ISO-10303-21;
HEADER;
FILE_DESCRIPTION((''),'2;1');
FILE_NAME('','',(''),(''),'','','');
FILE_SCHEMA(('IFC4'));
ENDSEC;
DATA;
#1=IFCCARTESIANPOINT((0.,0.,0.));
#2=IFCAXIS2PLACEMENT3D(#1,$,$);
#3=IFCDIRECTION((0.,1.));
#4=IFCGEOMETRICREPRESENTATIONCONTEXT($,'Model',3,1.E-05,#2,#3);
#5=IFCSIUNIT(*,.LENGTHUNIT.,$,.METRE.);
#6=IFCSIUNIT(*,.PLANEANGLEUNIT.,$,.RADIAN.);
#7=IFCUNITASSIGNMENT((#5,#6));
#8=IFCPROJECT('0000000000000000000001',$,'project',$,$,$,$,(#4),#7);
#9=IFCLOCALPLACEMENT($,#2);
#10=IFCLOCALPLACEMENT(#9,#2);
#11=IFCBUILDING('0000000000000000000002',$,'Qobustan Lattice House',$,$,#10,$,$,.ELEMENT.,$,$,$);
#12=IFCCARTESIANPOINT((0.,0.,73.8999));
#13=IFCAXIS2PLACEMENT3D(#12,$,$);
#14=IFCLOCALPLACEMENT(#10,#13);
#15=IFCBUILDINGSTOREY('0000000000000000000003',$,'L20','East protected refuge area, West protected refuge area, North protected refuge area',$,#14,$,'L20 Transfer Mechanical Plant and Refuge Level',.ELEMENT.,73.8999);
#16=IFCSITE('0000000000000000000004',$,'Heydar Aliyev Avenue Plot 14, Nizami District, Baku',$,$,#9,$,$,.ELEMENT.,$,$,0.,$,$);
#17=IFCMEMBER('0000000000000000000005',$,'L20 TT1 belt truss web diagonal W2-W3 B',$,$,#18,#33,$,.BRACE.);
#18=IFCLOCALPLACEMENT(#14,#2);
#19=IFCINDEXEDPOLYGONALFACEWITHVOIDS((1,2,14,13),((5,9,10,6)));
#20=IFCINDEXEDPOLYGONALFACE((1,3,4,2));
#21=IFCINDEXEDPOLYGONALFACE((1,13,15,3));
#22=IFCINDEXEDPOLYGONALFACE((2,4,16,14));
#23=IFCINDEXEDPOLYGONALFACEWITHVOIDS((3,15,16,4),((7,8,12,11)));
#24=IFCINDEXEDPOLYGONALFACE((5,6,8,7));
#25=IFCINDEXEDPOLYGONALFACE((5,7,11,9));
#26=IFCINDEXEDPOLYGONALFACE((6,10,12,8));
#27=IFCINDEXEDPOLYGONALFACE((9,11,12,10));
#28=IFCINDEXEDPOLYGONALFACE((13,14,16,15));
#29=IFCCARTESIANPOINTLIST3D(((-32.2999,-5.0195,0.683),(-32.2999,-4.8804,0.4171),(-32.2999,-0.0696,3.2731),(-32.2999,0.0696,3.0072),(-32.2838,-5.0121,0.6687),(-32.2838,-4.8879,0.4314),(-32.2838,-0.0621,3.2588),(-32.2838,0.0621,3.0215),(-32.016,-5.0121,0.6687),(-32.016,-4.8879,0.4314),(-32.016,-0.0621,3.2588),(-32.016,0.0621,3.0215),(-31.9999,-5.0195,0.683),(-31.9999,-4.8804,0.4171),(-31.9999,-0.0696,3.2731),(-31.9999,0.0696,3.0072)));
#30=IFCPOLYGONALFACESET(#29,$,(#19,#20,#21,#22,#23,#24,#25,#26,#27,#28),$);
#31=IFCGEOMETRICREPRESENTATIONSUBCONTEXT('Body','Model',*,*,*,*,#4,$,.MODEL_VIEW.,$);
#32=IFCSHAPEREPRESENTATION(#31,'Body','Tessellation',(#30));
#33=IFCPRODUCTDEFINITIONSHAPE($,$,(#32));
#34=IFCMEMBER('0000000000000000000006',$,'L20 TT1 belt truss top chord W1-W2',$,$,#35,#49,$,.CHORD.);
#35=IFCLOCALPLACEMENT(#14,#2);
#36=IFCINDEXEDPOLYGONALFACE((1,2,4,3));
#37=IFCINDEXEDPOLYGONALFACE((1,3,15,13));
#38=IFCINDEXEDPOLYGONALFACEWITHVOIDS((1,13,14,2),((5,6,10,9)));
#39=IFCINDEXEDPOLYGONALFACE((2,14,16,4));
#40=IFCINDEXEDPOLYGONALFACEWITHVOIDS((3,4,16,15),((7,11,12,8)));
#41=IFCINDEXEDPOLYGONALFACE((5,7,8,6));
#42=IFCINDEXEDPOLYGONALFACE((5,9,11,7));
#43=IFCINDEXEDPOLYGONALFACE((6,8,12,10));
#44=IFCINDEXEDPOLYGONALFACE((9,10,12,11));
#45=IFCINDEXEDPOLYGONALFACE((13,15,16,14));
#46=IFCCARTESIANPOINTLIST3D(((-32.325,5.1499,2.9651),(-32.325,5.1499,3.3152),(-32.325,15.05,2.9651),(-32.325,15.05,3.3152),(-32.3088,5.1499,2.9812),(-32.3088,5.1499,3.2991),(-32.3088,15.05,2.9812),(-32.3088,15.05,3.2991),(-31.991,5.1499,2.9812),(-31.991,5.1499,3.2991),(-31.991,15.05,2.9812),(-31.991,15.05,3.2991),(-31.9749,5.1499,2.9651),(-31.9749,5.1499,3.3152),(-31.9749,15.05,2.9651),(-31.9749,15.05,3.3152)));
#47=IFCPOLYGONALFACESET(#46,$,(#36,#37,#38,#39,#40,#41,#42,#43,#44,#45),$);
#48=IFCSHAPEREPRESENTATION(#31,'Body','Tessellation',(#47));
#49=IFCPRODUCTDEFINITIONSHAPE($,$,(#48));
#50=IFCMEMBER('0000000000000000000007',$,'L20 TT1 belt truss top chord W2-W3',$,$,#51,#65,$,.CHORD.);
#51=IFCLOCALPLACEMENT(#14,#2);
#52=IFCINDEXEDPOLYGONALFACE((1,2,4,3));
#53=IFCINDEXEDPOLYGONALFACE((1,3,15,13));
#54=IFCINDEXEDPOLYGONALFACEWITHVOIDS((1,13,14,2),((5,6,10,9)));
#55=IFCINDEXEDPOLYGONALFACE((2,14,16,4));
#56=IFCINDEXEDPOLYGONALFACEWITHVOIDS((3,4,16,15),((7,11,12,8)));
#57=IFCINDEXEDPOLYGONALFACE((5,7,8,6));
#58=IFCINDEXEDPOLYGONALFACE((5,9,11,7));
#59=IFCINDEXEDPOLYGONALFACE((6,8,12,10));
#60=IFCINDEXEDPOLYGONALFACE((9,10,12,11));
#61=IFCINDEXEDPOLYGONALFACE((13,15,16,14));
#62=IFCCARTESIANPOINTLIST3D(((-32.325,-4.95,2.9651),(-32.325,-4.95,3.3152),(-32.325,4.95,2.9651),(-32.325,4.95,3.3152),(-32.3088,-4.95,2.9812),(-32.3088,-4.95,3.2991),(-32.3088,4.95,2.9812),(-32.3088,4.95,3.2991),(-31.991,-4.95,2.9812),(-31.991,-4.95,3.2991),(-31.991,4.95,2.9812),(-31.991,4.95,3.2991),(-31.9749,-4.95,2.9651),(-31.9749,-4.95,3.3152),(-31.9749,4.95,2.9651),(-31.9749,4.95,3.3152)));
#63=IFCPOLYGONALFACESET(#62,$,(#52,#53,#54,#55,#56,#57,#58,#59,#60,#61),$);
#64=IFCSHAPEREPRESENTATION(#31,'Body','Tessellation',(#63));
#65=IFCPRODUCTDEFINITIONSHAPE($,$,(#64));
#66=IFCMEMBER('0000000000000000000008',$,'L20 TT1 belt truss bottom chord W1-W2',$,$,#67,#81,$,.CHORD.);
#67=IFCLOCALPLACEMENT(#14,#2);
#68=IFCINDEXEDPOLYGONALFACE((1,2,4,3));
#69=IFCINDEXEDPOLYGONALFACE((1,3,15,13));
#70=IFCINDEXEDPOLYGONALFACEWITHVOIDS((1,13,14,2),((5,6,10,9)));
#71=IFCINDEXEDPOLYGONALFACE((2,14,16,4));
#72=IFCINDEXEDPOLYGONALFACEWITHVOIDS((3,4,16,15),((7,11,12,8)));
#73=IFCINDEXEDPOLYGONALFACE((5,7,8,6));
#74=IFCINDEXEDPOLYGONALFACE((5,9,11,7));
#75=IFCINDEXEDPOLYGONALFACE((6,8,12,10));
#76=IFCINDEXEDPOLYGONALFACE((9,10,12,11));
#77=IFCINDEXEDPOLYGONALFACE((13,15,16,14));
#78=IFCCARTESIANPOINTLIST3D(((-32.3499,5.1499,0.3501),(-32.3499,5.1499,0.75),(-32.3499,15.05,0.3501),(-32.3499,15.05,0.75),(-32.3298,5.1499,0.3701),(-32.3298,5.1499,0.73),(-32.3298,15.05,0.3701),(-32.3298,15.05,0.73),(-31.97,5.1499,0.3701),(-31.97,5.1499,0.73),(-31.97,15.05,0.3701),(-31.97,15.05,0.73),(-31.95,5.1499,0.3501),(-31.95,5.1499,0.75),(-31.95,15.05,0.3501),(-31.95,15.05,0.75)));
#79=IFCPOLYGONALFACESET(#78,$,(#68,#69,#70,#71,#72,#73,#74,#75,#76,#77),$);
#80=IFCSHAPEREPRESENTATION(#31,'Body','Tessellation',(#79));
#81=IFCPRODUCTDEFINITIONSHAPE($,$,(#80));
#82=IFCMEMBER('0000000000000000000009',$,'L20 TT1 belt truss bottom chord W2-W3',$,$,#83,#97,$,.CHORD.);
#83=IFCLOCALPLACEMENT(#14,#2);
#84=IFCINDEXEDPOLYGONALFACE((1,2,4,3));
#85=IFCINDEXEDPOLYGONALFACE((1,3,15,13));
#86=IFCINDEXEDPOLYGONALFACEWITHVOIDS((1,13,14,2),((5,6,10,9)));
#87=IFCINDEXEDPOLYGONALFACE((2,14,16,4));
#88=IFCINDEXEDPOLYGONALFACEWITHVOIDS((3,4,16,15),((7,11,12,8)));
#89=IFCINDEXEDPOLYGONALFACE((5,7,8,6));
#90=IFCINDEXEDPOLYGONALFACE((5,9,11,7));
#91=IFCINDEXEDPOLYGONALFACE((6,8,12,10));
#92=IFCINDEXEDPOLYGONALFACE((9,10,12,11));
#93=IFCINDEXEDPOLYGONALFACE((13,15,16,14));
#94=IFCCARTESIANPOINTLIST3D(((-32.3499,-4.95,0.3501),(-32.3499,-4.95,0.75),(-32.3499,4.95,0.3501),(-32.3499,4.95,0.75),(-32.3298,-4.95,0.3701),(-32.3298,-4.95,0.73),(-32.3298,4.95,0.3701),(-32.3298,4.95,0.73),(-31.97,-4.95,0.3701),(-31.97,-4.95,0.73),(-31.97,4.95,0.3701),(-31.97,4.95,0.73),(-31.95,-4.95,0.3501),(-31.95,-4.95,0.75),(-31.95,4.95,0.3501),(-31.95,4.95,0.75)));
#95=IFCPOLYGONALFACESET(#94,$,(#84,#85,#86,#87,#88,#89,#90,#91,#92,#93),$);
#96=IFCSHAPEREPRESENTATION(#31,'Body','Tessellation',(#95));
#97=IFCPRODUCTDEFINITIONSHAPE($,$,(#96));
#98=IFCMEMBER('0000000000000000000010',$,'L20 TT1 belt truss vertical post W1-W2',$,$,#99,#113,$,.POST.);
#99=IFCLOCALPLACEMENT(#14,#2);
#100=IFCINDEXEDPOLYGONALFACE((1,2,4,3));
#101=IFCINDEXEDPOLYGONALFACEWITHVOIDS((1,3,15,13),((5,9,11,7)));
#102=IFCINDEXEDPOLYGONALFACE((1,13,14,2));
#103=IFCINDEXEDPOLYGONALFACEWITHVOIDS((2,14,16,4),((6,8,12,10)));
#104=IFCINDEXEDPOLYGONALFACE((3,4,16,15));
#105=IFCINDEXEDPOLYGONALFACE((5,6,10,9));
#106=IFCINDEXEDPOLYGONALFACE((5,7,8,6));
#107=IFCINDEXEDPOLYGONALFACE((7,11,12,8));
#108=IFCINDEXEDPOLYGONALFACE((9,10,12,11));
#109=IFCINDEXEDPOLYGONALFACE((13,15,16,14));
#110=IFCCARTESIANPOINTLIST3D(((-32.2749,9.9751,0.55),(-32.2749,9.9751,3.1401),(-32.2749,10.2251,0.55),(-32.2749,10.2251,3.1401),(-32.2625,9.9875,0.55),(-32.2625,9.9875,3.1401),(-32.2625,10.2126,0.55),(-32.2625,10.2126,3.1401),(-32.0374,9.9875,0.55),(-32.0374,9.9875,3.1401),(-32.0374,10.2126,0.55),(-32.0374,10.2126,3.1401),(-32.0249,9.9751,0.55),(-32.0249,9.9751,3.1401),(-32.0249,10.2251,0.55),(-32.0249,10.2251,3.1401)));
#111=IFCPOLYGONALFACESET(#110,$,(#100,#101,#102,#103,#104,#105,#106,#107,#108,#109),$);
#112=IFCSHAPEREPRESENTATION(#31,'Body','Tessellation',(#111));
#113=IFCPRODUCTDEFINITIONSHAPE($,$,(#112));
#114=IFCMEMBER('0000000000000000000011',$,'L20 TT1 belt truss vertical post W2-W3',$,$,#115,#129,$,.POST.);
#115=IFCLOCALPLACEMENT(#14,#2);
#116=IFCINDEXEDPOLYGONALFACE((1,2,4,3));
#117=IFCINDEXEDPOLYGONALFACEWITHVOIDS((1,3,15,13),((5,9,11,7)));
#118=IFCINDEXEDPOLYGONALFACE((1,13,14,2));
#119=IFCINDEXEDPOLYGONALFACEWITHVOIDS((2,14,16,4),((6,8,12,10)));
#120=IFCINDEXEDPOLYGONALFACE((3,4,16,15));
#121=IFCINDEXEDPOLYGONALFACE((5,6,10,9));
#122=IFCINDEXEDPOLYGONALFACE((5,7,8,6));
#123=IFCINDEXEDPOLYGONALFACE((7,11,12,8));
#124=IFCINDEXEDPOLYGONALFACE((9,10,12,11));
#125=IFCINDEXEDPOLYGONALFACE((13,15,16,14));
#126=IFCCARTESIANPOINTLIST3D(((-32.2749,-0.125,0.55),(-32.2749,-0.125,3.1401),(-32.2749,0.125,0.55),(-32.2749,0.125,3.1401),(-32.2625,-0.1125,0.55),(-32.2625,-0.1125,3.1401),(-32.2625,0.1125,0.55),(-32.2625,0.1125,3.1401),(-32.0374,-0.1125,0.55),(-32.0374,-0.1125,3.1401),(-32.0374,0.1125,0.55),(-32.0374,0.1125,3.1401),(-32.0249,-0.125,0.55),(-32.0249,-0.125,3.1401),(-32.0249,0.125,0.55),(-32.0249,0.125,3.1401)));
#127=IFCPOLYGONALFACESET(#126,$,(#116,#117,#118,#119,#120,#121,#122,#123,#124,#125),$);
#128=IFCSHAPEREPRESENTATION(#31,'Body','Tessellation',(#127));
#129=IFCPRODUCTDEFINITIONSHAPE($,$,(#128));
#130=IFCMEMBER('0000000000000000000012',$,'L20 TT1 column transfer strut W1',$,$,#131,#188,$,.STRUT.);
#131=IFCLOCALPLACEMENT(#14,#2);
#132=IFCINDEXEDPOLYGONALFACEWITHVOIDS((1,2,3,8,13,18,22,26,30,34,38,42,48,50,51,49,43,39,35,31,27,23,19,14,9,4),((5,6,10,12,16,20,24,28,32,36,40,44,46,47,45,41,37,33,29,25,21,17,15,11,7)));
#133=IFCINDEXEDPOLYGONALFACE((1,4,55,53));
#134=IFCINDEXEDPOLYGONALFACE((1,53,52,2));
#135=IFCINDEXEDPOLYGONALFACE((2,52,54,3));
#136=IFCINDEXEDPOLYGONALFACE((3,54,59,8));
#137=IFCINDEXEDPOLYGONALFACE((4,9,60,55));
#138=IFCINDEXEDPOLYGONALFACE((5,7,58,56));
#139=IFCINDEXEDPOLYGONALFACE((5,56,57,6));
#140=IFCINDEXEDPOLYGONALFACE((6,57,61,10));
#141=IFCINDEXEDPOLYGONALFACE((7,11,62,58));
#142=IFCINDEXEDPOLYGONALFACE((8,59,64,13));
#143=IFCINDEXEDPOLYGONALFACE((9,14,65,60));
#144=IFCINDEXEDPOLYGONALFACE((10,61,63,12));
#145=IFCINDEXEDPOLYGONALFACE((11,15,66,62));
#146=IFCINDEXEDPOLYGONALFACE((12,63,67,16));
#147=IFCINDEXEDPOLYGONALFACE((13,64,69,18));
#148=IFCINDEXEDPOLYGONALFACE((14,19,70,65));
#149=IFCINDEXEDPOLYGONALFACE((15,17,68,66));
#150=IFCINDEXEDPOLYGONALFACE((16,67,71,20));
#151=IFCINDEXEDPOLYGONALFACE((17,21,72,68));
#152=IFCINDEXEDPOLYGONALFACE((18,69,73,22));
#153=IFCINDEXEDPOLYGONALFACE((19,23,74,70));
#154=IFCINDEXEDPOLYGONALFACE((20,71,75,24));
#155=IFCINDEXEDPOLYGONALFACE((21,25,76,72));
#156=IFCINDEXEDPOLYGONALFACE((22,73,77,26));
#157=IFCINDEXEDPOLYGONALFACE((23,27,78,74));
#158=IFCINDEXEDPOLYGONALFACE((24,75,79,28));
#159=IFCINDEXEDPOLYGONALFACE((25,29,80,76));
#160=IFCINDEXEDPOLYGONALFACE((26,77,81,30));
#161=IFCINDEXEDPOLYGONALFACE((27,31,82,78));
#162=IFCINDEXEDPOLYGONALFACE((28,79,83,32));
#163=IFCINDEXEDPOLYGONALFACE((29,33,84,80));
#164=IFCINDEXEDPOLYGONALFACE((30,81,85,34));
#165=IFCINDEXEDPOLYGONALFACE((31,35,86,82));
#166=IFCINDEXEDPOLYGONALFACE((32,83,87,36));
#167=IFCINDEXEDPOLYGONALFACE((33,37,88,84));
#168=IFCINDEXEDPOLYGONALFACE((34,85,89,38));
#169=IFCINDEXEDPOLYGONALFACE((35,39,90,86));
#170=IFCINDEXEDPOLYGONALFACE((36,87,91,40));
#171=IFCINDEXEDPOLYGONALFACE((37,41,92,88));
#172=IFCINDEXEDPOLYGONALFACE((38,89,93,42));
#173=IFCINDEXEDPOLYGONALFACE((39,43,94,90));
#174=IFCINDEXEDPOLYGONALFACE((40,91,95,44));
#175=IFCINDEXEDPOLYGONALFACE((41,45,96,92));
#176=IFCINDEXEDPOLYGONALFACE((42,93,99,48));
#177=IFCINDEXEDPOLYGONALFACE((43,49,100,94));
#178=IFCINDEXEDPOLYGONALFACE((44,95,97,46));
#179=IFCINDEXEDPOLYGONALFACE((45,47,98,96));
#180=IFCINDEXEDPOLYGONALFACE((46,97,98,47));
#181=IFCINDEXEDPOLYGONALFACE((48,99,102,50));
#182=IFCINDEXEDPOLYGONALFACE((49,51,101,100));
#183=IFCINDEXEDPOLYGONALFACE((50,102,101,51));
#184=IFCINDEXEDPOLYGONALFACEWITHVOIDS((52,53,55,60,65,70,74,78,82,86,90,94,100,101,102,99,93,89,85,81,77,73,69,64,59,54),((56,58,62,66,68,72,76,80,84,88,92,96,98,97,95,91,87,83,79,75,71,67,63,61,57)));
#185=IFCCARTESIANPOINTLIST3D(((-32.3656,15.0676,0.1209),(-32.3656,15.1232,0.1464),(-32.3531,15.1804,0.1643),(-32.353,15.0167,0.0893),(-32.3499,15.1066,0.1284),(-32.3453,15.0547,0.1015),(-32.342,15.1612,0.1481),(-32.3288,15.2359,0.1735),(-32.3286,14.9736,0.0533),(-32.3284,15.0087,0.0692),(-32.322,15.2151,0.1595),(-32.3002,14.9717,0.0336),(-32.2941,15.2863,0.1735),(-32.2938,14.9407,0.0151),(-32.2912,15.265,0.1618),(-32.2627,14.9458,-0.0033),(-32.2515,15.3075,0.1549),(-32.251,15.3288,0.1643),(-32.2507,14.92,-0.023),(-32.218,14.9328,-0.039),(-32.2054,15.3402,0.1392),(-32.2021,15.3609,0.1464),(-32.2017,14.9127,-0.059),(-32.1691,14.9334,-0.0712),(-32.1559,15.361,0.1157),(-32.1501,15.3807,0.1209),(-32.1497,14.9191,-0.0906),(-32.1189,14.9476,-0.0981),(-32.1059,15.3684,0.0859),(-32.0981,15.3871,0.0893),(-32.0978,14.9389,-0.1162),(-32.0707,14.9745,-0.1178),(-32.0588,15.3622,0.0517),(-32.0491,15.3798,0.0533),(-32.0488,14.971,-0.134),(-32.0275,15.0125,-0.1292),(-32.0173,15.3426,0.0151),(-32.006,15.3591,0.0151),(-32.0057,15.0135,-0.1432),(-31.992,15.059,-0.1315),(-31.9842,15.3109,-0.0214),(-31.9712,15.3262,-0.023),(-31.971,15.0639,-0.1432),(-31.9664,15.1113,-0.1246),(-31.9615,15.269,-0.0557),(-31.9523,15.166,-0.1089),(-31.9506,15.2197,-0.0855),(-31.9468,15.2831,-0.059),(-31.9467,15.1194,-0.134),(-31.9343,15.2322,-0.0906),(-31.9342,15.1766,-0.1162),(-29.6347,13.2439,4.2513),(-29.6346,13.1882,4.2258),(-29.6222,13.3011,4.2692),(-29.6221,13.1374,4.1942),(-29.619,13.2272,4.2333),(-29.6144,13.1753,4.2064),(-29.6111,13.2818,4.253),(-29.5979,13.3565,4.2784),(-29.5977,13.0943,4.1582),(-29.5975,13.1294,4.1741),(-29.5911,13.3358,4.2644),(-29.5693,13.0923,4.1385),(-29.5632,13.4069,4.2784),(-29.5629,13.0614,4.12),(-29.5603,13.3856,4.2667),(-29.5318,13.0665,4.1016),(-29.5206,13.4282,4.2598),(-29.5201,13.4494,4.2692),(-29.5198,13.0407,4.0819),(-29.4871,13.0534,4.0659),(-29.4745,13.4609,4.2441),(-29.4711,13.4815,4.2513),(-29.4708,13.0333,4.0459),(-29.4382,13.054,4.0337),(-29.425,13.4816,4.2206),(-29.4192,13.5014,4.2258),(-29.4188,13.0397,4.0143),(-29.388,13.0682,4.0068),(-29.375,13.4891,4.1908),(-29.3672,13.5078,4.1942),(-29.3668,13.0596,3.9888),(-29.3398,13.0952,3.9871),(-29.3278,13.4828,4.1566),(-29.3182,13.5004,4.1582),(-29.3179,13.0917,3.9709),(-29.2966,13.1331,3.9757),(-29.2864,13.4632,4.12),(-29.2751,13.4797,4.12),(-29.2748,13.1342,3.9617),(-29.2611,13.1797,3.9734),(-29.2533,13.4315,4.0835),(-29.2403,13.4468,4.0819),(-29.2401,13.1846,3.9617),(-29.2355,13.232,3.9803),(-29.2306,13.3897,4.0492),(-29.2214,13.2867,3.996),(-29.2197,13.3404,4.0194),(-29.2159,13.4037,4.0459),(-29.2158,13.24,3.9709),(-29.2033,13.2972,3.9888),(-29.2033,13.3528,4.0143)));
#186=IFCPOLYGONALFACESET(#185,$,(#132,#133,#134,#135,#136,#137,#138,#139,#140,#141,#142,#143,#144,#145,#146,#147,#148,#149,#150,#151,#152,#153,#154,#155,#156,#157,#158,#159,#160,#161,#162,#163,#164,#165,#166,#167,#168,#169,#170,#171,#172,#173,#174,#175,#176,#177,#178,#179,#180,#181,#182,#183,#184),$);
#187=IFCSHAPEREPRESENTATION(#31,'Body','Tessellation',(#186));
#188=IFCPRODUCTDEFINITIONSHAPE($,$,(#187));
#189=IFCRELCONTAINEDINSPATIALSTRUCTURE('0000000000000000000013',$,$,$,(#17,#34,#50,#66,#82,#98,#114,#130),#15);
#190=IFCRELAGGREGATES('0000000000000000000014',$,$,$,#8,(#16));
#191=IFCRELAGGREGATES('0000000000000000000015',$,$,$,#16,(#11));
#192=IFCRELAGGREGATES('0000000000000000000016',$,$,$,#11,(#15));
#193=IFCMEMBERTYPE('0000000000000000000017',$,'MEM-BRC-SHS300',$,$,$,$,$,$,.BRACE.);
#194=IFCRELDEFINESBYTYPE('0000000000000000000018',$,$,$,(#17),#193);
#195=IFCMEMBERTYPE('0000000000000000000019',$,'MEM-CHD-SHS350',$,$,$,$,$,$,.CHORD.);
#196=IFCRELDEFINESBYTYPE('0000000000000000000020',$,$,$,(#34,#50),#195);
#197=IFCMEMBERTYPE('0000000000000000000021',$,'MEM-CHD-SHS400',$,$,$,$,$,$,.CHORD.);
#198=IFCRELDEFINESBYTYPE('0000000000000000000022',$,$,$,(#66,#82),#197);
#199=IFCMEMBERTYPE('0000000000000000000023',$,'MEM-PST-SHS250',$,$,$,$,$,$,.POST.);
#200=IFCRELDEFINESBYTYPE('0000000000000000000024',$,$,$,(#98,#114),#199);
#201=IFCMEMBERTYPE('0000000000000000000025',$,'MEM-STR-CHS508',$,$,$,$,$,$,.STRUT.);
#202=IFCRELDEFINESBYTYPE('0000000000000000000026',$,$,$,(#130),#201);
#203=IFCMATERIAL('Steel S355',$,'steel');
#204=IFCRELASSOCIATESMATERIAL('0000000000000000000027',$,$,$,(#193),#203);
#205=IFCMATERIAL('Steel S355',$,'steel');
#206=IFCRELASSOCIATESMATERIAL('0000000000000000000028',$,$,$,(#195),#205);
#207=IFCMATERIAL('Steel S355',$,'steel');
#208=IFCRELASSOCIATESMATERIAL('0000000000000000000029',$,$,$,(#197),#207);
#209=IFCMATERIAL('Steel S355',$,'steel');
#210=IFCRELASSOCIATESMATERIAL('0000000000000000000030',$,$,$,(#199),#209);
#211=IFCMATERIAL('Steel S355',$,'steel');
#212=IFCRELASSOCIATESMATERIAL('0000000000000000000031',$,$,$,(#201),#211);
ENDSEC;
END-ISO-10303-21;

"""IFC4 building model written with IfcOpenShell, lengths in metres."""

from ifc_helpers import new_model, si_unit, direction, frame, origin, origin_2d, place, context, subcontext, project, spatial, hollow_rectangle, hollow_circle, extrude, material, material_profile, profile_set, type_object, element, save


model = new_model("IFC4")

# Units and contexts
model_context = context("Model", 3, precision=1e-05, world=origin(), true_north=direction((0.0, 1.0)))
body_context = subcontext(model_context, "Body", "Model", "MODEL_VIEW")
ifc_project = project(units=[si_unit("LENGTHUNIT", "METRE"), si_unit("PLANEANGLEUNIT", "RADIAN")], contexts=[model_context])

# Site, building, storey
site_placement = place(None, origin())
site = spatial("IfcSite", under=ifc_project, at=site_placement, Name="Heydar Aliyev Avenue Plot 14, Nizami District, Baku", CompositionType="ELEMENT", RefElevation=0.0)
building_placement = place(site_placement, origin())
building = spatial("IfcBuilding", under=site, at=building_placement, Name="Qobustan Lattice House", CompositionType="ELEMENT")
storey_placement = place(building_placement, frame((0.0, 0.0, 73.8999)))
storey = spatial("IfcBuildingStorey", under=building, at=storey_placement, Name="L20", Description="East protected refuge area, West protected refuge area, North protected refuge area", LongName="L20 Transfer Mechanical Plant and Refuge Level", CompositionType="ELEMENT", Elevation=73.8999)

# Members
ifc_material_1 = material(Name="Steel S355", Category="steel")
ifc_material_profile_1 = material_profile(ifc_material_1, hollow_rectangle(XDim=0.3, YDim=0.3, WallThickness=0.0161, at=origin_2d()), Name="SHS300x300x16")
ifc_profile_set_1 = profile_set([ifc_material_profile_1], Name="Steel S355")
member_type_1 = type_object("IfcMemberType", Name="MEM-BRC-SHS300", PredefinedType="BRACE", material=ifc_profile_set_1)
for number, where, z_axis, x_axis, name in (
    (1, (-32.1499, 0.0, 3.1401), (0.0, -0.886033, -0.463622), (1.0, 0.0, 0.0), "L20 TT1 belt truss web diagonal W2-W3 B"),
):
    element("IfcMember", number, at=place(storey_placement, frame(where, z_axis=z_axis, x_axis=x_axis)), inside=storey, type_object=member_type_1, Name=name, PredefinedType="BRACE", context=body_context, shape_type="SweptSolid", body=[
        extrude(hollow_rectangle(XDim=0.3, YDim=0.3, WallThickness=0.0161, at=origin_2d()), origin(), (0.0, 0.0, 1.0), 5.5867),
    ])
ifc_material_2 = material(Name="Steel S355", Category="steel")
ifc_material_profile_2 = material_profile(ifc_material_2, hollow_rectangle(XDim=0.3501, YDim=0.3501, WallThickness=0.0161, at=origin_2d()), Name="SHS350x350x16")
ifc_profile_set_2 = profile_set([ifc_material_profile_2], Name="Steel S355")
member_type_2 = type_object("IfcMemberType", Name="MEM-CHD-SHS350", PredefinedType="CHORD", material=ifc_profile_set_2)
member_1_placement = place(storey_placement, frame((-32.1499, 15.05, 3.1401), z_axis=(0.0, -1.0, 0.0), x_axis=(1.0, 0.0, 0.0)))
element("IfcMember", 2, at=member_1_placement, inside=storey, type_object=member_type_2, Name="L20 TT1 belt truss top chord W1-W2", PredefinedType="CHORD", context=body_context, shape_type="SweptSolid", body=[
    extrude(hollow_rectangle(XDim=0.3501, YDim=0.3501, WallThickness=0.0161, at=origin_2d()), origin(), (0.0, 0.0, 1.0), 9.9001),
])
member_2_placement = place(storey_placement, frame((-32.1499, 4.95, 3.1401), z_axis=(0.0, -1.0, 0.0), x_axis=(1.0, 0.0, 0.0)))
element("IfcMember", 3, at=member_2_placement, inside=storey, type_object=member_type_2, Name="L20 TT1 belt truss top chord W2-W3", PredefinedType="CHORD", context=body_context, shape_type="SweptSolid", body=[
    extrude(hollow_rectangle(XDim=0.3501, YDim=0.3501, WallThickness=0.0161, at=origin_2d()), origin(), (0.0, 0.0, 1.0), 9.8999),
])
ifc_material_3 = material(Name="Steel S355", Category="steel")
ifc_material_profile_3 = material_profile(ifc_material_3, hollow_rectangle(XDim=0.3999, YDim=0.3999, WallThickness=0.02, at=origin_2d()), Name="SHS400x400x20")
ifc_profile_set_3 = profile_set([ifc_material_profile_3], Name="Steel S355")
member_type_3 = type_object("IfcMemberType", Name="MEM-CHD-SHS400", PredefinedType="CHORD", material=ifc_profile_set_3)
member_3_placement = place(storey_placement, frame((-32.1499, 15.05, 0.55), z_axis=(0.0, -1.0, 0.0), x_axis=(1.0, 0.0, 0.0)))
element("IfcMember", 4, at=member_3_placement, inside=storey, type_object=member_type_3, Name="L20 TT1 belt truss bottom chord W1-W2", PredefinedType="CHORD", context=body_context, shape_type="SweptSolid", body=[
    extrude(hollow_rectangle(XDim=0.3999, YDim=0.3999, WallThickness=0.02, at=origin_2d()), origin(), (0.0, 0.0, 1.0), 9.9001),
])
member_4_placement = place(storey_placement, frame((-32.1499, 4.95, 0.55), z_axis=(0.0, -1.0, 0.0), x_axis=(1.0, 0.0, 0.0)))
element("IfcMember", 5, at=member_4_placement, inside=storey, type_object=member_type_3, Name="L20 TT1 belt truss bottom chord W2-W3", PredefinedType="CHORD", context=body_context, shape_type="SweptSolid", body=[
    extrude(hollow_rectangle(XDim=0.3999, YDim=0.3999, WallThickness=0.02, at=origin_2d()), origin(), (0.0, 0.0, 1.0), 9.8999),
])
ifc_material_4 = material(Name="Steel S355", Category="steel")
ifc_material_profile_4 = material_profile(ifc_material_4, hollow_rectangle(XDim=0.25, YDim=0.25, WallThickness=0.0125, at=origin_2d()), Name="SHS250x250x12.5")
ifc_profile_set_4 = profile_set([ifc_material_profile_4], Name="Steel S355")
member_type_4 = type_object("IfcMemberType", Name="MEM-PST-SHS250", PredefinedType="POST", material=ifc_profile_set_4)
for number, where, z_axis, x_axis, name in (
    (6, (-32.1499, 10.1001, 0.55), (0.0, 0.0, 1.0), (1.0, 0.0, 0.0), "L20 TT1 belt truss vertical post W1-W2"),
    (7, (-32.1499, 0.0, 0.55), (0.0, 0.0, 1.0), (1.0, 0.0, 0.0), "L20 TT1 belt truss vertical post W2-W3"),
):
    element("IfcMember", number, at=place(storey_placement, frame(where, z_axis=z_axis, x_axis=x_axis)), inside=storey, type_object=member_type_4, Name=name, PredefinedType="POST", context=body_context, shape_type="SweptSolid", body=[
        extrude(hollow_rectangle(XDim=0.25, YDim=0.25, WallThickness=0.0125, at=origin_2d()), origin(), (0.0, 0.0, 1.0), 2.5901),
    ])
ifc_material_5 = material(Name="Steel S355", Category="steel")
ifc_material_profile_5 = material_profile(ifc_material_5, hollow_circle(Radius=0.2539, WallThickness=0.02, at=origin_2d()), Name="CHS508x20")
ifc_profile_set_5 = profile_set([ifc_material_profile_5], Name="Steel S355")
member_type_5 = type_object("IfcMemberType", Name="MEM-STR-CHS508", PredefinedType="STRUT", material=ifc_profile_set_5)
member_5_placement = place(storey_placement, frame((-32.1499, 15.1499, 0.0151), z_axis=(0.517573, -0.356184, 0.777979), x_axis=(0.56691, 0.82378, 0.0)))
element("IfcMember", 8, at=member_5_placement, inside=storey, type_object=member_type_5, Name="L20 TT1 column transfer strut W1", PredefinedType="STRUT", context=body_context, shape_type="SweptSolid", body=[
    extrude(hollow_circle(Radius=0.2539, WallThickness=0.02, at=origin_2d()), origin(), (0.0, 0.0, 1.0), 5.2764),
])

save(model, "model.ifc")
